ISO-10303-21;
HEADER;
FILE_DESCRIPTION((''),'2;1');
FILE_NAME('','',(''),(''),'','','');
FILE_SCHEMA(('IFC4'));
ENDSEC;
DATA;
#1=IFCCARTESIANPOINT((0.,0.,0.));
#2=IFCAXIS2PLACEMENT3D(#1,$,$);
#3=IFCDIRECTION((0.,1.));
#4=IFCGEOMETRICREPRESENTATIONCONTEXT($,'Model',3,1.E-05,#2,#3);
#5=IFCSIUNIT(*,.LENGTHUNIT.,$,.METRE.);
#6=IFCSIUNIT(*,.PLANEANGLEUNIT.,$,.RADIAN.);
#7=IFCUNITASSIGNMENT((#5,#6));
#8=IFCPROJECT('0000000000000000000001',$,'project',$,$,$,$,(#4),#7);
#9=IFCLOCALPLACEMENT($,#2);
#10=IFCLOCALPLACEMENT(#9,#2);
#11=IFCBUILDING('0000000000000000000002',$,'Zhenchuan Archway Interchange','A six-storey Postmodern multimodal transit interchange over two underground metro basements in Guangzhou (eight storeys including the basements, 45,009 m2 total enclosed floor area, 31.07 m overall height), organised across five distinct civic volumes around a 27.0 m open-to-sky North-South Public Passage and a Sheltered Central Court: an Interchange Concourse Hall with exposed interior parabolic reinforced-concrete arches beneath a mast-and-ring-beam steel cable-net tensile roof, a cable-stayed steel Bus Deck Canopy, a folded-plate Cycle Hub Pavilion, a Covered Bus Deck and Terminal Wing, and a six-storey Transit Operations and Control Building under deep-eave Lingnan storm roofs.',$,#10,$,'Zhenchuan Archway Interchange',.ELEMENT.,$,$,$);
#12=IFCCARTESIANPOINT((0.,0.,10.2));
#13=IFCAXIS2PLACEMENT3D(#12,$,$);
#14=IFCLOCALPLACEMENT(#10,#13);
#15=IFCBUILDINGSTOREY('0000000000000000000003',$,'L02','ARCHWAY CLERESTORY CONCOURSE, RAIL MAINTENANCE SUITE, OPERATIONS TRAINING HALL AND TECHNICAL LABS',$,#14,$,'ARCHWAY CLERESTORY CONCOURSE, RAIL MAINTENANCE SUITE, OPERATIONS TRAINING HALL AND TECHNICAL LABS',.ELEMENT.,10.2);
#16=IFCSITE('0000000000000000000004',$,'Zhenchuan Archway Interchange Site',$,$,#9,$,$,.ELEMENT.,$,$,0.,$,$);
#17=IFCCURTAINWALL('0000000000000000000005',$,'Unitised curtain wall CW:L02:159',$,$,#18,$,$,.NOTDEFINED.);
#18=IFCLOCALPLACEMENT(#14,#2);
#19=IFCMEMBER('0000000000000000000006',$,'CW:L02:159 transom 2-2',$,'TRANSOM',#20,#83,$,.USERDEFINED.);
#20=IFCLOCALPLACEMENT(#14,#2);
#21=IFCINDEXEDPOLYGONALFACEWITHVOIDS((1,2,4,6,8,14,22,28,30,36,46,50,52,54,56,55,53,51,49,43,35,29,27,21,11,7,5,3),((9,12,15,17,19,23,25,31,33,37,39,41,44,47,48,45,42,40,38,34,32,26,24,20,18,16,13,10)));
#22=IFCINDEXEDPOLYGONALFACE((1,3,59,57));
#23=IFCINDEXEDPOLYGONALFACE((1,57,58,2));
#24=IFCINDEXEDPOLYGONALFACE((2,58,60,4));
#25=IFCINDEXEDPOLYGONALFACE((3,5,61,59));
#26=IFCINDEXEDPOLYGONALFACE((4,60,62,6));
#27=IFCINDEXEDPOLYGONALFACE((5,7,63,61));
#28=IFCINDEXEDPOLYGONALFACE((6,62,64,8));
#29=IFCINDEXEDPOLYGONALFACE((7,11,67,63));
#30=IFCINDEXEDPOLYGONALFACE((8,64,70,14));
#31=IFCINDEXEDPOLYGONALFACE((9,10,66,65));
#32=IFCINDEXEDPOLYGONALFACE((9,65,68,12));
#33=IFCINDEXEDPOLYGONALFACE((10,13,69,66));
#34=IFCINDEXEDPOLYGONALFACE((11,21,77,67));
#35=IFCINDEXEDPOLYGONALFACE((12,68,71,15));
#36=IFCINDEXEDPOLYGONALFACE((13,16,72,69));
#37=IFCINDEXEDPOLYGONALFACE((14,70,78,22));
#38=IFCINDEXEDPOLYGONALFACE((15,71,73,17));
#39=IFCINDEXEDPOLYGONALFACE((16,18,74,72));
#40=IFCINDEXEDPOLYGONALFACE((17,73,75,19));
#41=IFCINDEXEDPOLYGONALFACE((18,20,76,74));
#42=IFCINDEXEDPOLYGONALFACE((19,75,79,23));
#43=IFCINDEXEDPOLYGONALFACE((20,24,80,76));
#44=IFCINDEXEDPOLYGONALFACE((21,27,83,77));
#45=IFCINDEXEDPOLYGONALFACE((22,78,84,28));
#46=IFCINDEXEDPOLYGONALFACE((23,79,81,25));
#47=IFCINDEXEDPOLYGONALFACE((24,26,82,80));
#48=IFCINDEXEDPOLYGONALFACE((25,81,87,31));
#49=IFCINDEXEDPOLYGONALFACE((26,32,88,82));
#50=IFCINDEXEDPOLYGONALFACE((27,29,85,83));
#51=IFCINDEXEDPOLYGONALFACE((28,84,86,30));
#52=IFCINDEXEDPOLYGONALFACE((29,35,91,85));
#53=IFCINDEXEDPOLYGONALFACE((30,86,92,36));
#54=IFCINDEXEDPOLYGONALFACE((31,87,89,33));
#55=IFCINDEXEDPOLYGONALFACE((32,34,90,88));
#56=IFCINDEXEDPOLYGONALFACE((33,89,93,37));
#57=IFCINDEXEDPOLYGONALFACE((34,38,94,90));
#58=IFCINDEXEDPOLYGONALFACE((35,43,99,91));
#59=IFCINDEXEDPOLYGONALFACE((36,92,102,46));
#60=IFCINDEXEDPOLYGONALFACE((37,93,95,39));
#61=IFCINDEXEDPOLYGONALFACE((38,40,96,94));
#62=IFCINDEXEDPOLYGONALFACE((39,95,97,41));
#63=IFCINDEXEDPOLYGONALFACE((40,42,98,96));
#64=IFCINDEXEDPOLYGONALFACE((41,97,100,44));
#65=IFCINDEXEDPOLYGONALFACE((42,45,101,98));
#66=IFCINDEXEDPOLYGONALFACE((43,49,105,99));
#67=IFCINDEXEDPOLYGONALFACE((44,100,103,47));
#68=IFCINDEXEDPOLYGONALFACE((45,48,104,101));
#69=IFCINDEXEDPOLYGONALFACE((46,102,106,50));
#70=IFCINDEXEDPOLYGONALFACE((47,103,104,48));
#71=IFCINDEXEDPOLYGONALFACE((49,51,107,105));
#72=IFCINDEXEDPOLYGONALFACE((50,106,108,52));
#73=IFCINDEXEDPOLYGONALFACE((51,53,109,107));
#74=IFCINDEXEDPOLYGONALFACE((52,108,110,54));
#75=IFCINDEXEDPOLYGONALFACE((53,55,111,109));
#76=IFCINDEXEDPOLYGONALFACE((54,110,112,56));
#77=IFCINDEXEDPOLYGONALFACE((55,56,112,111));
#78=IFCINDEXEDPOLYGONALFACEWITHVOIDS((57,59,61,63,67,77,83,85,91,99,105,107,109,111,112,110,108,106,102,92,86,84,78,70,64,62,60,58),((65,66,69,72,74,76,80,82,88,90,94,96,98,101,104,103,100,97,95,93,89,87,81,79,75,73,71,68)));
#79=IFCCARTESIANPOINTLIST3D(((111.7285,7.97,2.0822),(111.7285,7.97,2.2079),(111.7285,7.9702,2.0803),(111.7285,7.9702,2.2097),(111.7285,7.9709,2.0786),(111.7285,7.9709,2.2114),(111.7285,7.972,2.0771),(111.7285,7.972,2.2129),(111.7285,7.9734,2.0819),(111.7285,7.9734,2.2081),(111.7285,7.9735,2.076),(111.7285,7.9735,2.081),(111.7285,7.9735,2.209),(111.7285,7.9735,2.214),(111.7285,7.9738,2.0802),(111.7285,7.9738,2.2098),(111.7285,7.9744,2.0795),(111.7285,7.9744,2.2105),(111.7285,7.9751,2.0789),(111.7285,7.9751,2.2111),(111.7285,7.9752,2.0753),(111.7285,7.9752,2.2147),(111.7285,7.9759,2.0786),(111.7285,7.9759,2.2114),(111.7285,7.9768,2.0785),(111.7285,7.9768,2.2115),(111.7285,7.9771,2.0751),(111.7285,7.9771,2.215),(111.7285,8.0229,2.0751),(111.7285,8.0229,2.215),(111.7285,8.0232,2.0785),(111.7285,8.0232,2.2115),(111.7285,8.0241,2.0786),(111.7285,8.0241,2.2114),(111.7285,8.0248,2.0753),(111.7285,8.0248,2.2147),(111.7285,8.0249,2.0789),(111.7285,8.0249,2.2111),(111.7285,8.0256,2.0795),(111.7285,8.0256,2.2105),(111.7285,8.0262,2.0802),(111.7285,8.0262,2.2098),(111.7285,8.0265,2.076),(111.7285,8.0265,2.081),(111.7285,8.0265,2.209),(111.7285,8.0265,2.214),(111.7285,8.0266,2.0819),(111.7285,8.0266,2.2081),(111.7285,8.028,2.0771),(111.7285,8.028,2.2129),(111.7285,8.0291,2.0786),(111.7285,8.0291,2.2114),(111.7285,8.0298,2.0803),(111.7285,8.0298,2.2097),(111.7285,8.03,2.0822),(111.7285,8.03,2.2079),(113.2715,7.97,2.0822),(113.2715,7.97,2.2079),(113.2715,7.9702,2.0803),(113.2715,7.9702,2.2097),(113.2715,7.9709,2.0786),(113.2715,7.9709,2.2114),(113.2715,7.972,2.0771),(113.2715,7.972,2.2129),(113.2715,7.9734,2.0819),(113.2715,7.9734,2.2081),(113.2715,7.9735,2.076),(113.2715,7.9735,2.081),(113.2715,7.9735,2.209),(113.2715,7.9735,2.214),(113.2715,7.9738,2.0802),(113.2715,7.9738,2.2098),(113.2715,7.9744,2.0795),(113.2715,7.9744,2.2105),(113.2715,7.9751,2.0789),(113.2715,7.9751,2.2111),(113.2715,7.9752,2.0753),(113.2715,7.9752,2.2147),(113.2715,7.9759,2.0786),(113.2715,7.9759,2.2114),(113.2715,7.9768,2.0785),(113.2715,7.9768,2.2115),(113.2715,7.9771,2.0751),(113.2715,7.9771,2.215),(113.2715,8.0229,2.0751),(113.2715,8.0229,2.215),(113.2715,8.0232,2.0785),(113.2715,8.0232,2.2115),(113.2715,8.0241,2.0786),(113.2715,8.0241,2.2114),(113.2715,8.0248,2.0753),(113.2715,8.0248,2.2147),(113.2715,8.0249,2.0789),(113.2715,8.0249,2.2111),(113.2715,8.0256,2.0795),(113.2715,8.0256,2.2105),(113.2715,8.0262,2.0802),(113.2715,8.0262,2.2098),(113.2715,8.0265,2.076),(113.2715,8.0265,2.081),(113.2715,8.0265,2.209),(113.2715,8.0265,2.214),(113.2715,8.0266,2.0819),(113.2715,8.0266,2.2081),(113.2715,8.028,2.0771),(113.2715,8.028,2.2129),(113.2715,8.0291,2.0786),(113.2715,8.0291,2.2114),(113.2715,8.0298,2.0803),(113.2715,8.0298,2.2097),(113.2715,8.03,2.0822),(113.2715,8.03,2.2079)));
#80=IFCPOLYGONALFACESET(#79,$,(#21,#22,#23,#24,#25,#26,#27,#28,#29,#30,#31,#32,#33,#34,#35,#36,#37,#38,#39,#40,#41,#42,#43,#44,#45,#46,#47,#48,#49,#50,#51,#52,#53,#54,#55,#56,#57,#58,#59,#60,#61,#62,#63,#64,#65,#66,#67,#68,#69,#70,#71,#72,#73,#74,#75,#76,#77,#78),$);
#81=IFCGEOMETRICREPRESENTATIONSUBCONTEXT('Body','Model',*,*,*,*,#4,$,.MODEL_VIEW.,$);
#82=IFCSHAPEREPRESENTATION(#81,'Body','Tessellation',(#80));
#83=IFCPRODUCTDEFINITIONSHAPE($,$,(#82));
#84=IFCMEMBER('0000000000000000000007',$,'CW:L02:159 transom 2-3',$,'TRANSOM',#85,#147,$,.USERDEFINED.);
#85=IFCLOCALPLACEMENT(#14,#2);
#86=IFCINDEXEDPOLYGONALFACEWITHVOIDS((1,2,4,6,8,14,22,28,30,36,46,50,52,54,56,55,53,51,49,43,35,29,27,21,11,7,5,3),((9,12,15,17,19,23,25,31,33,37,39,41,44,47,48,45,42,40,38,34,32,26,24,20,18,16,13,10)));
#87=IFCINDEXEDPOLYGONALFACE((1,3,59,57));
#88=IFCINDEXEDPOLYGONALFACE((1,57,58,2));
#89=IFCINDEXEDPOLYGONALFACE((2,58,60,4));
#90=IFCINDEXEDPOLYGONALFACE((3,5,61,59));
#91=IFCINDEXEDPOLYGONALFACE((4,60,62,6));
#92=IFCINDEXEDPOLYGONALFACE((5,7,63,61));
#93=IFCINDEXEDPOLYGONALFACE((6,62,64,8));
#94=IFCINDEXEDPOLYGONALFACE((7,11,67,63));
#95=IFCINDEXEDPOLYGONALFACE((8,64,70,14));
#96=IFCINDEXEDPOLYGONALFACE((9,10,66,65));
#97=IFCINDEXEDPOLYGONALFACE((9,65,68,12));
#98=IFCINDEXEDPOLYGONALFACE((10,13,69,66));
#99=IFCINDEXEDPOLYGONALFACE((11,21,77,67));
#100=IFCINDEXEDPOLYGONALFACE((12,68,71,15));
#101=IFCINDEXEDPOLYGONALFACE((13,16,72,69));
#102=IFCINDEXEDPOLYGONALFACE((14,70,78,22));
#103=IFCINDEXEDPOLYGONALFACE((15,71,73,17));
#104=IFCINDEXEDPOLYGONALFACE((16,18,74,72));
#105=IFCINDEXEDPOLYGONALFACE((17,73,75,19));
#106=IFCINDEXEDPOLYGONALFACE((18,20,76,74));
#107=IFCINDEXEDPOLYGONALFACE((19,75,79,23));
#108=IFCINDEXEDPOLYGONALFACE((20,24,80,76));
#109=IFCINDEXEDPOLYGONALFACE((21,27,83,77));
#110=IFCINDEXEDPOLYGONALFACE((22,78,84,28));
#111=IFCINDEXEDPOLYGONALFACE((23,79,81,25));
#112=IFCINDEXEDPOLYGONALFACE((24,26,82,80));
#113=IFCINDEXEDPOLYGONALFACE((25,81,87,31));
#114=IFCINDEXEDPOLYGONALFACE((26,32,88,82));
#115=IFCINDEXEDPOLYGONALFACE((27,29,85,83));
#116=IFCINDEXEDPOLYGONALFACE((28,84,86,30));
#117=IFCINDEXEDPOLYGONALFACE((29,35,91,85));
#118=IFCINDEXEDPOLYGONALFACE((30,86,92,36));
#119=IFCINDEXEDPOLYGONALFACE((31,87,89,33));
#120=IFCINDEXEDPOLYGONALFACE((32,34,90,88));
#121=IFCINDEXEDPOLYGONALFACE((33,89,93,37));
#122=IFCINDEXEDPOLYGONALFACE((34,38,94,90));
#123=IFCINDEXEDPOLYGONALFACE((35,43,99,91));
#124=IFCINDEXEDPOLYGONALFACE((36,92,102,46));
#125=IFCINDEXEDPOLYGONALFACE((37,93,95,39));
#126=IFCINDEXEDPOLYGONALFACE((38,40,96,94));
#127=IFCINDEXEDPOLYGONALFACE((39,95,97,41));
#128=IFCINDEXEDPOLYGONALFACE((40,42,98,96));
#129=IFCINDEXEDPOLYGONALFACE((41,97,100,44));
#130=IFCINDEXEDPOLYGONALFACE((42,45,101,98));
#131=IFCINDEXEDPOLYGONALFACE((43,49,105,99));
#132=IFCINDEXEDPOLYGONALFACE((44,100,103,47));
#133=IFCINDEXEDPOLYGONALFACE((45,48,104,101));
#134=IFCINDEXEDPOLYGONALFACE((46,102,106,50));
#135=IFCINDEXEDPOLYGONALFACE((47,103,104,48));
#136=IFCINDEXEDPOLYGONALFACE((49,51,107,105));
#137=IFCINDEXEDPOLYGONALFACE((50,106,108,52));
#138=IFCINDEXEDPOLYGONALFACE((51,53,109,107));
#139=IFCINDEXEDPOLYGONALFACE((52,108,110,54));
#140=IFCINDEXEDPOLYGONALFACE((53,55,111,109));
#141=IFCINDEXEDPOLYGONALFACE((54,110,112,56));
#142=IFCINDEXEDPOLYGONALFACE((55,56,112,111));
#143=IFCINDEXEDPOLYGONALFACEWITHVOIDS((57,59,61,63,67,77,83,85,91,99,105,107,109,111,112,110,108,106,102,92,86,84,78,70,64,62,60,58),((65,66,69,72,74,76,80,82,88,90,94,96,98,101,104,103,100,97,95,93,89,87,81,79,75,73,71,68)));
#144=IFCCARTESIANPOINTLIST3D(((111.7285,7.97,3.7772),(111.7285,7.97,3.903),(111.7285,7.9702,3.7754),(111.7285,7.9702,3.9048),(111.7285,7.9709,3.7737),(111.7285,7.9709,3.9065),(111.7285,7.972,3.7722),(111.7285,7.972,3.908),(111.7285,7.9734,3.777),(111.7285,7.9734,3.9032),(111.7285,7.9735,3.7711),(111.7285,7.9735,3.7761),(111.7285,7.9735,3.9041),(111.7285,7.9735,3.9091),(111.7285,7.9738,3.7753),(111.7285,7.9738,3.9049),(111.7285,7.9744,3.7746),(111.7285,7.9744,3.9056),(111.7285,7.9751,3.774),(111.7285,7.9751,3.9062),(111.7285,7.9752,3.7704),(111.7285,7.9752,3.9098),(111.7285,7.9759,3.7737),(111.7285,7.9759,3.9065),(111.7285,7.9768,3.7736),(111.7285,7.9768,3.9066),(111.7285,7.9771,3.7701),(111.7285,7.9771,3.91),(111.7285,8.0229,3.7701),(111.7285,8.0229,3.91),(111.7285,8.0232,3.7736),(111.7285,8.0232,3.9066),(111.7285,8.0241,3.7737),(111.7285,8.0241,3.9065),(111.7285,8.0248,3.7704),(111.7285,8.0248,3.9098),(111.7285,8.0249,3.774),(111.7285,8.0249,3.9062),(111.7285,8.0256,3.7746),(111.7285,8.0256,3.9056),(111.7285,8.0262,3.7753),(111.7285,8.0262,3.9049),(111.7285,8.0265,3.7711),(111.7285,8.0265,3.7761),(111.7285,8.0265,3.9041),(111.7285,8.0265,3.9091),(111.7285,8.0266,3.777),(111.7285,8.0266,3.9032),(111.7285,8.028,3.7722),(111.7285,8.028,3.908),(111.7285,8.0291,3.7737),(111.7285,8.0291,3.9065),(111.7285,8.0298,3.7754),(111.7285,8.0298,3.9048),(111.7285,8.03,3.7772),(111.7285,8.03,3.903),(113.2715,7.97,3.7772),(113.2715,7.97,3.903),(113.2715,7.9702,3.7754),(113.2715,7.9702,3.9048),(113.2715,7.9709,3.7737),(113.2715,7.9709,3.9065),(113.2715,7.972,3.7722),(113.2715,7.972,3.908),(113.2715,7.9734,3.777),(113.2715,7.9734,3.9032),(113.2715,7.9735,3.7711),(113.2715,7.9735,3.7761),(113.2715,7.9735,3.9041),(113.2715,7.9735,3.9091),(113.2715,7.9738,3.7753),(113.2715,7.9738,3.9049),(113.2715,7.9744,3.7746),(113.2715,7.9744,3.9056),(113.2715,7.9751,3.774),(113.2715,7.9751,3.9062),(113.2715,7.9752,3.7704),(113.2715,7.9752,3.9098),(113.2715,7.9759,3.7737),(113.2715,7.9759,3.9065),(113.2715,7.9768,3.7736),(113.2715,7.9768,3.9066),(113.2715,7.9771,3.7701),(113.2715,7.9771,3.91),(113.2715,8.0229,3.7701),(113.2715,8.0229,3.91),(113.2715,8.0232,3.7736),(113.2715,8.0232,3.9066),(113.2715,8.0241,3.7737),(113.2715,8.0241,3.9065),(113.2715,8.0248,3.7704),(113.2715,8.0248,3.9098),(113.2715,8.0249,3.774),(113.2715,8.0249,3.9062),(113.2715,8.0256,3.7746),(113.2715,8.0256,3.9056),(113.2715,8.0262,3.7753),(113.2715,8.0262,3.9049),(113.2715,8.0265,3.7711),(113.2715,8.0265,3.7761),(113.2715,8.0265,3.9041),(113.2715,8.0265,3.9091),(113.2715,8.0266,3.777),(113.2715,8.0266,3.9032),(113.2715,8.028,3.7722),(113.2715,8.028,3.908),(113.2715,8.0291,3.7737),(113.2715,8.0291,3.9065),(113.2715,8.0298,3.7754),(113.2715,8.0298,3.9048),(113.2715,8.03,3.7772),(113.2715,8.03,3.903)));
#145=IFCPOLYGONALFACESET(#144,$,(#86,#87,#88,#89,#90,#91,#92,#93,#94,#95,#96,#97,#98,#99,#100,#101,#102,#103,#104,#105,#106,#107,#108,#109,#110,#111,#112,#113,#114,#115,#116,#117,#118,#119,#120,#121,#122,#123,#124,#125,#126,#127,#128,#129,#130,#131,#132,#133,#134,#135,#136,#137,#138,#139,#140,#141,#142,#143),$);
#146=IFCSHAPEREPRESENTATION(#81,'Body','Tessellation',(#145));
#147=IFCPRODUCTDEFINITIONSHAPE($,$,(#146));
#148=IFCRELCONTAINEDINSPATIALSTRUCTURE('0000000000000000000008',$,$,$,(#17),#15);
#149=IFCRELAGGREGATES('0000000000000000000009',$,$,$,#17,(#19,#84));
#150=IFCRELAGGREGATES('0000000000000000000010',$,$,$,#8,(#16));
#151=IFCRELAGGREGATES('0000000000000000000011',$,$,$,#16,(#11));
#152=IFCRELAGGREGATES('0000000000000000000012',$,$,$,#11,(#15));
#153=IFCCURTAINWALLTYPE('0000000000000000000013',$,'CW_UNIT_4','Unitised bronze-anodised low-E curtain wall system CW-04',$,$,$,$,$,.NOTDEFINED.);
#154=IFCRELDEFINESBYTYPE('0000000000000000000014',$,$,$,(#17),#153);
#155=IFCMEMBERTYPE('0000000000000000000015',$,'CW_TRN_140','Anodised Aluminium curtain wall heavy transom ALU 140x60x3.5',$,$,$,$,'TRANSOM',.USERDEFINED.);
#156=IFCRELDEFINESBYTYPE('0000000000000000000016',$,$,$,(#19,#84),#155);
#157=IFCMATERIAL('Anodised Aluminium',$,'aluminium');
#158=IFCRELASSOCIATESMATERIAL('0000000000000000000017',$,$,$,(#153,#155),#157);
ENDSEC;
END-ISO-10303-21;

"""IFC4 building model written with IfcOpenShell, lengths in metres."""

from ifc_helpers import new_model, si_unit, direction, frame, origin, origin_2d, place, context, subcontext, project, spatial, hollow_rectangle, extrude, material, material_profile, profile_set, type_object, element, aggregate, save


model = new_model("IFC4")

# Units and contexts
model_context = context("Model", 3, precision=1e-05, world=origin(), true_north=direction((0.0, 1.0)))
body_context = subcontext(model_context, "Body", "Model", "MODEL_VIEW")
ifc_project = project(units=[si_unit("LENGTHUNIT", "METRE"), si_unit("PLANEANGLEUNIT", "RADIAN")], contexts=[model_context])

# Site, building, storey
site_placement = place(None, origin())
site = spatial("IfcSite", under=ifc_project, at=site_placement, Name="Zhenchuan Archway Interchange Site", CompositionType="ELEMENT", RefElevation=0.0)
building_placement = place(site_placement, origin())
building = spatial("IfcBuilding", under=site, at=building_placement, Name="Zhenchuan Archway Interchange", Description="A six-storey Postmodern multimodal transit interchange over two underground metro basements in Guangzhou (eight storeys including the basements, 45,009 m2 total enclosed floor area, 31.07 m overall height), organised across five distinct civic volumes around a 27.0 m open-to-sky North-South Public Passage and a Sheltered Central Court: an Interchange Concourse Hall with exposed interior parabolic reinforced-concrete arches beneath a mast-and-ring-beam steel cable-net tensile roof, a cable-stayed steel Bus Deck Canopy, a folded-plate Cycle Hub Pavilion, a Covered Bus Deck and Terminal Wing, and a six-storey Transit Operations and Control Building under deep-eave Lingnan storm roofs.", LongName="Zhenchuan Archway Interchange", CompositionType="ELEMENT")
storey_placement = place(building_placement, frame((0.0, 0.0, 10.2)))
storey = spatial("IfcBuildingStorey", under=building, at=storey_placement, Name="L02", Description="ARCHWAY CLERESTORY CONCOURSE, RAIL MAINTENANCE SUITE, OPERATIONS TRAINING HALL AND TECHNICAL LABS", LongName="ARCHWAY CLERESTORY CONCOURSE, RAIL MAINTENANCE SUITE, OPERATIONS TRAINING HALL AND TECHNICAL LABS", CompositionType="ELEMENT", Elevation=10.2)

# Curtain wall, members
ifc_material_1 = material(Name="Anodised Aluminium", Category="aluminium")
curtain_wall_type = type_object("IfcCurtainWallType", Name="CW_UNIT_4", Description="Unitised bronze-anodised low-E curtain wall system CW-04", PredefinedType="NOTDEFINED", material=ifc_material_1)
curtain_wall_placement = place(storey_placement, origin())
curtain_wall = element("IfcCurtainWall", 1, at=curtain_wall_placement, inside=storey, type_object=curtain_wall_type, Name="Unitised curtain wall CW:L02:159", PredefinedType="NOTDEFINED")
ifc_material_profile_1 = material_profile(ifc_material_1, hollow_rectangle(XDim=0.0601, YDim=0.1399, WallThickness=0.0034, InnerFilletRadius=0.0034, OuterFilletRadius=0.0071, at=origin_2d()), Name="ALU 140x60x3.5")
ifc_profile_set_1 = profile_set([ifc_material_profile_1], Name="Anodised Aluminium")
member_type_1 = type_object("IfcMemberType", Name="CW_TRN_140", Description="Anodised Aluminium curtain wall heavy transom ALU 140x60x3.5", ElementType="TRANSOM", PredefinedType="USERDEFINED", material=ifc_profile_set_1)
member_1_placement = place(storey_placement, frame((113.2715, 8.0, 2.145), z_axis=(-1.0, 0.0, 0.0), x_axis=(0.0, -1.0, 0.0)))
member_1 = element("IfcMember", 2, at=member_1_placement, type_object=member_type_1, Name="CW:L02:159 transom 2-2", ObjectType="TRANSOM", PredefinedType="USERDEFINED", context=body_context, shape_type="SweptSolid", body=[
    extrude(hollow_rectangle(XDim=0.0601, YDim=0.1399, WallThickness=0.0034, InnerFilletRadius=0.0034, OuterFilletRadius=0.0071, at=origin_2d()), origin(), (0.0, 0.0, 1.0), 1.543),
])
member_2_placement = place(storey_placement, frame((113.2715, 8.0, 3.8401), z_axis=(-1.0, 0.0, 0.0), x_axis=(0.0, -1.0, 0.0)))
member_2 = element("IfcMember", 3, at=member_2_placement, type_object=member_type_1, Name="CW:L02:159 transom 2-3", ObjectType="TRANSOM", PredefinedType="USERDEFINED", context=body_context, shape_type="SweptSolid", body=[
    extrude(hollow_rectangle(XDim=0.0601, YDim=0.1399, WallThickness=0.0034, InnerFilletRadius=0.0034, OuterFilletRadius=0.0071, at=origin_2d()), origin(), (0.0, 0.0, 1.0), 1.543),
])

aggregate(curtain_wall, [member_1, member_2])

save(model, "model.ifc")
